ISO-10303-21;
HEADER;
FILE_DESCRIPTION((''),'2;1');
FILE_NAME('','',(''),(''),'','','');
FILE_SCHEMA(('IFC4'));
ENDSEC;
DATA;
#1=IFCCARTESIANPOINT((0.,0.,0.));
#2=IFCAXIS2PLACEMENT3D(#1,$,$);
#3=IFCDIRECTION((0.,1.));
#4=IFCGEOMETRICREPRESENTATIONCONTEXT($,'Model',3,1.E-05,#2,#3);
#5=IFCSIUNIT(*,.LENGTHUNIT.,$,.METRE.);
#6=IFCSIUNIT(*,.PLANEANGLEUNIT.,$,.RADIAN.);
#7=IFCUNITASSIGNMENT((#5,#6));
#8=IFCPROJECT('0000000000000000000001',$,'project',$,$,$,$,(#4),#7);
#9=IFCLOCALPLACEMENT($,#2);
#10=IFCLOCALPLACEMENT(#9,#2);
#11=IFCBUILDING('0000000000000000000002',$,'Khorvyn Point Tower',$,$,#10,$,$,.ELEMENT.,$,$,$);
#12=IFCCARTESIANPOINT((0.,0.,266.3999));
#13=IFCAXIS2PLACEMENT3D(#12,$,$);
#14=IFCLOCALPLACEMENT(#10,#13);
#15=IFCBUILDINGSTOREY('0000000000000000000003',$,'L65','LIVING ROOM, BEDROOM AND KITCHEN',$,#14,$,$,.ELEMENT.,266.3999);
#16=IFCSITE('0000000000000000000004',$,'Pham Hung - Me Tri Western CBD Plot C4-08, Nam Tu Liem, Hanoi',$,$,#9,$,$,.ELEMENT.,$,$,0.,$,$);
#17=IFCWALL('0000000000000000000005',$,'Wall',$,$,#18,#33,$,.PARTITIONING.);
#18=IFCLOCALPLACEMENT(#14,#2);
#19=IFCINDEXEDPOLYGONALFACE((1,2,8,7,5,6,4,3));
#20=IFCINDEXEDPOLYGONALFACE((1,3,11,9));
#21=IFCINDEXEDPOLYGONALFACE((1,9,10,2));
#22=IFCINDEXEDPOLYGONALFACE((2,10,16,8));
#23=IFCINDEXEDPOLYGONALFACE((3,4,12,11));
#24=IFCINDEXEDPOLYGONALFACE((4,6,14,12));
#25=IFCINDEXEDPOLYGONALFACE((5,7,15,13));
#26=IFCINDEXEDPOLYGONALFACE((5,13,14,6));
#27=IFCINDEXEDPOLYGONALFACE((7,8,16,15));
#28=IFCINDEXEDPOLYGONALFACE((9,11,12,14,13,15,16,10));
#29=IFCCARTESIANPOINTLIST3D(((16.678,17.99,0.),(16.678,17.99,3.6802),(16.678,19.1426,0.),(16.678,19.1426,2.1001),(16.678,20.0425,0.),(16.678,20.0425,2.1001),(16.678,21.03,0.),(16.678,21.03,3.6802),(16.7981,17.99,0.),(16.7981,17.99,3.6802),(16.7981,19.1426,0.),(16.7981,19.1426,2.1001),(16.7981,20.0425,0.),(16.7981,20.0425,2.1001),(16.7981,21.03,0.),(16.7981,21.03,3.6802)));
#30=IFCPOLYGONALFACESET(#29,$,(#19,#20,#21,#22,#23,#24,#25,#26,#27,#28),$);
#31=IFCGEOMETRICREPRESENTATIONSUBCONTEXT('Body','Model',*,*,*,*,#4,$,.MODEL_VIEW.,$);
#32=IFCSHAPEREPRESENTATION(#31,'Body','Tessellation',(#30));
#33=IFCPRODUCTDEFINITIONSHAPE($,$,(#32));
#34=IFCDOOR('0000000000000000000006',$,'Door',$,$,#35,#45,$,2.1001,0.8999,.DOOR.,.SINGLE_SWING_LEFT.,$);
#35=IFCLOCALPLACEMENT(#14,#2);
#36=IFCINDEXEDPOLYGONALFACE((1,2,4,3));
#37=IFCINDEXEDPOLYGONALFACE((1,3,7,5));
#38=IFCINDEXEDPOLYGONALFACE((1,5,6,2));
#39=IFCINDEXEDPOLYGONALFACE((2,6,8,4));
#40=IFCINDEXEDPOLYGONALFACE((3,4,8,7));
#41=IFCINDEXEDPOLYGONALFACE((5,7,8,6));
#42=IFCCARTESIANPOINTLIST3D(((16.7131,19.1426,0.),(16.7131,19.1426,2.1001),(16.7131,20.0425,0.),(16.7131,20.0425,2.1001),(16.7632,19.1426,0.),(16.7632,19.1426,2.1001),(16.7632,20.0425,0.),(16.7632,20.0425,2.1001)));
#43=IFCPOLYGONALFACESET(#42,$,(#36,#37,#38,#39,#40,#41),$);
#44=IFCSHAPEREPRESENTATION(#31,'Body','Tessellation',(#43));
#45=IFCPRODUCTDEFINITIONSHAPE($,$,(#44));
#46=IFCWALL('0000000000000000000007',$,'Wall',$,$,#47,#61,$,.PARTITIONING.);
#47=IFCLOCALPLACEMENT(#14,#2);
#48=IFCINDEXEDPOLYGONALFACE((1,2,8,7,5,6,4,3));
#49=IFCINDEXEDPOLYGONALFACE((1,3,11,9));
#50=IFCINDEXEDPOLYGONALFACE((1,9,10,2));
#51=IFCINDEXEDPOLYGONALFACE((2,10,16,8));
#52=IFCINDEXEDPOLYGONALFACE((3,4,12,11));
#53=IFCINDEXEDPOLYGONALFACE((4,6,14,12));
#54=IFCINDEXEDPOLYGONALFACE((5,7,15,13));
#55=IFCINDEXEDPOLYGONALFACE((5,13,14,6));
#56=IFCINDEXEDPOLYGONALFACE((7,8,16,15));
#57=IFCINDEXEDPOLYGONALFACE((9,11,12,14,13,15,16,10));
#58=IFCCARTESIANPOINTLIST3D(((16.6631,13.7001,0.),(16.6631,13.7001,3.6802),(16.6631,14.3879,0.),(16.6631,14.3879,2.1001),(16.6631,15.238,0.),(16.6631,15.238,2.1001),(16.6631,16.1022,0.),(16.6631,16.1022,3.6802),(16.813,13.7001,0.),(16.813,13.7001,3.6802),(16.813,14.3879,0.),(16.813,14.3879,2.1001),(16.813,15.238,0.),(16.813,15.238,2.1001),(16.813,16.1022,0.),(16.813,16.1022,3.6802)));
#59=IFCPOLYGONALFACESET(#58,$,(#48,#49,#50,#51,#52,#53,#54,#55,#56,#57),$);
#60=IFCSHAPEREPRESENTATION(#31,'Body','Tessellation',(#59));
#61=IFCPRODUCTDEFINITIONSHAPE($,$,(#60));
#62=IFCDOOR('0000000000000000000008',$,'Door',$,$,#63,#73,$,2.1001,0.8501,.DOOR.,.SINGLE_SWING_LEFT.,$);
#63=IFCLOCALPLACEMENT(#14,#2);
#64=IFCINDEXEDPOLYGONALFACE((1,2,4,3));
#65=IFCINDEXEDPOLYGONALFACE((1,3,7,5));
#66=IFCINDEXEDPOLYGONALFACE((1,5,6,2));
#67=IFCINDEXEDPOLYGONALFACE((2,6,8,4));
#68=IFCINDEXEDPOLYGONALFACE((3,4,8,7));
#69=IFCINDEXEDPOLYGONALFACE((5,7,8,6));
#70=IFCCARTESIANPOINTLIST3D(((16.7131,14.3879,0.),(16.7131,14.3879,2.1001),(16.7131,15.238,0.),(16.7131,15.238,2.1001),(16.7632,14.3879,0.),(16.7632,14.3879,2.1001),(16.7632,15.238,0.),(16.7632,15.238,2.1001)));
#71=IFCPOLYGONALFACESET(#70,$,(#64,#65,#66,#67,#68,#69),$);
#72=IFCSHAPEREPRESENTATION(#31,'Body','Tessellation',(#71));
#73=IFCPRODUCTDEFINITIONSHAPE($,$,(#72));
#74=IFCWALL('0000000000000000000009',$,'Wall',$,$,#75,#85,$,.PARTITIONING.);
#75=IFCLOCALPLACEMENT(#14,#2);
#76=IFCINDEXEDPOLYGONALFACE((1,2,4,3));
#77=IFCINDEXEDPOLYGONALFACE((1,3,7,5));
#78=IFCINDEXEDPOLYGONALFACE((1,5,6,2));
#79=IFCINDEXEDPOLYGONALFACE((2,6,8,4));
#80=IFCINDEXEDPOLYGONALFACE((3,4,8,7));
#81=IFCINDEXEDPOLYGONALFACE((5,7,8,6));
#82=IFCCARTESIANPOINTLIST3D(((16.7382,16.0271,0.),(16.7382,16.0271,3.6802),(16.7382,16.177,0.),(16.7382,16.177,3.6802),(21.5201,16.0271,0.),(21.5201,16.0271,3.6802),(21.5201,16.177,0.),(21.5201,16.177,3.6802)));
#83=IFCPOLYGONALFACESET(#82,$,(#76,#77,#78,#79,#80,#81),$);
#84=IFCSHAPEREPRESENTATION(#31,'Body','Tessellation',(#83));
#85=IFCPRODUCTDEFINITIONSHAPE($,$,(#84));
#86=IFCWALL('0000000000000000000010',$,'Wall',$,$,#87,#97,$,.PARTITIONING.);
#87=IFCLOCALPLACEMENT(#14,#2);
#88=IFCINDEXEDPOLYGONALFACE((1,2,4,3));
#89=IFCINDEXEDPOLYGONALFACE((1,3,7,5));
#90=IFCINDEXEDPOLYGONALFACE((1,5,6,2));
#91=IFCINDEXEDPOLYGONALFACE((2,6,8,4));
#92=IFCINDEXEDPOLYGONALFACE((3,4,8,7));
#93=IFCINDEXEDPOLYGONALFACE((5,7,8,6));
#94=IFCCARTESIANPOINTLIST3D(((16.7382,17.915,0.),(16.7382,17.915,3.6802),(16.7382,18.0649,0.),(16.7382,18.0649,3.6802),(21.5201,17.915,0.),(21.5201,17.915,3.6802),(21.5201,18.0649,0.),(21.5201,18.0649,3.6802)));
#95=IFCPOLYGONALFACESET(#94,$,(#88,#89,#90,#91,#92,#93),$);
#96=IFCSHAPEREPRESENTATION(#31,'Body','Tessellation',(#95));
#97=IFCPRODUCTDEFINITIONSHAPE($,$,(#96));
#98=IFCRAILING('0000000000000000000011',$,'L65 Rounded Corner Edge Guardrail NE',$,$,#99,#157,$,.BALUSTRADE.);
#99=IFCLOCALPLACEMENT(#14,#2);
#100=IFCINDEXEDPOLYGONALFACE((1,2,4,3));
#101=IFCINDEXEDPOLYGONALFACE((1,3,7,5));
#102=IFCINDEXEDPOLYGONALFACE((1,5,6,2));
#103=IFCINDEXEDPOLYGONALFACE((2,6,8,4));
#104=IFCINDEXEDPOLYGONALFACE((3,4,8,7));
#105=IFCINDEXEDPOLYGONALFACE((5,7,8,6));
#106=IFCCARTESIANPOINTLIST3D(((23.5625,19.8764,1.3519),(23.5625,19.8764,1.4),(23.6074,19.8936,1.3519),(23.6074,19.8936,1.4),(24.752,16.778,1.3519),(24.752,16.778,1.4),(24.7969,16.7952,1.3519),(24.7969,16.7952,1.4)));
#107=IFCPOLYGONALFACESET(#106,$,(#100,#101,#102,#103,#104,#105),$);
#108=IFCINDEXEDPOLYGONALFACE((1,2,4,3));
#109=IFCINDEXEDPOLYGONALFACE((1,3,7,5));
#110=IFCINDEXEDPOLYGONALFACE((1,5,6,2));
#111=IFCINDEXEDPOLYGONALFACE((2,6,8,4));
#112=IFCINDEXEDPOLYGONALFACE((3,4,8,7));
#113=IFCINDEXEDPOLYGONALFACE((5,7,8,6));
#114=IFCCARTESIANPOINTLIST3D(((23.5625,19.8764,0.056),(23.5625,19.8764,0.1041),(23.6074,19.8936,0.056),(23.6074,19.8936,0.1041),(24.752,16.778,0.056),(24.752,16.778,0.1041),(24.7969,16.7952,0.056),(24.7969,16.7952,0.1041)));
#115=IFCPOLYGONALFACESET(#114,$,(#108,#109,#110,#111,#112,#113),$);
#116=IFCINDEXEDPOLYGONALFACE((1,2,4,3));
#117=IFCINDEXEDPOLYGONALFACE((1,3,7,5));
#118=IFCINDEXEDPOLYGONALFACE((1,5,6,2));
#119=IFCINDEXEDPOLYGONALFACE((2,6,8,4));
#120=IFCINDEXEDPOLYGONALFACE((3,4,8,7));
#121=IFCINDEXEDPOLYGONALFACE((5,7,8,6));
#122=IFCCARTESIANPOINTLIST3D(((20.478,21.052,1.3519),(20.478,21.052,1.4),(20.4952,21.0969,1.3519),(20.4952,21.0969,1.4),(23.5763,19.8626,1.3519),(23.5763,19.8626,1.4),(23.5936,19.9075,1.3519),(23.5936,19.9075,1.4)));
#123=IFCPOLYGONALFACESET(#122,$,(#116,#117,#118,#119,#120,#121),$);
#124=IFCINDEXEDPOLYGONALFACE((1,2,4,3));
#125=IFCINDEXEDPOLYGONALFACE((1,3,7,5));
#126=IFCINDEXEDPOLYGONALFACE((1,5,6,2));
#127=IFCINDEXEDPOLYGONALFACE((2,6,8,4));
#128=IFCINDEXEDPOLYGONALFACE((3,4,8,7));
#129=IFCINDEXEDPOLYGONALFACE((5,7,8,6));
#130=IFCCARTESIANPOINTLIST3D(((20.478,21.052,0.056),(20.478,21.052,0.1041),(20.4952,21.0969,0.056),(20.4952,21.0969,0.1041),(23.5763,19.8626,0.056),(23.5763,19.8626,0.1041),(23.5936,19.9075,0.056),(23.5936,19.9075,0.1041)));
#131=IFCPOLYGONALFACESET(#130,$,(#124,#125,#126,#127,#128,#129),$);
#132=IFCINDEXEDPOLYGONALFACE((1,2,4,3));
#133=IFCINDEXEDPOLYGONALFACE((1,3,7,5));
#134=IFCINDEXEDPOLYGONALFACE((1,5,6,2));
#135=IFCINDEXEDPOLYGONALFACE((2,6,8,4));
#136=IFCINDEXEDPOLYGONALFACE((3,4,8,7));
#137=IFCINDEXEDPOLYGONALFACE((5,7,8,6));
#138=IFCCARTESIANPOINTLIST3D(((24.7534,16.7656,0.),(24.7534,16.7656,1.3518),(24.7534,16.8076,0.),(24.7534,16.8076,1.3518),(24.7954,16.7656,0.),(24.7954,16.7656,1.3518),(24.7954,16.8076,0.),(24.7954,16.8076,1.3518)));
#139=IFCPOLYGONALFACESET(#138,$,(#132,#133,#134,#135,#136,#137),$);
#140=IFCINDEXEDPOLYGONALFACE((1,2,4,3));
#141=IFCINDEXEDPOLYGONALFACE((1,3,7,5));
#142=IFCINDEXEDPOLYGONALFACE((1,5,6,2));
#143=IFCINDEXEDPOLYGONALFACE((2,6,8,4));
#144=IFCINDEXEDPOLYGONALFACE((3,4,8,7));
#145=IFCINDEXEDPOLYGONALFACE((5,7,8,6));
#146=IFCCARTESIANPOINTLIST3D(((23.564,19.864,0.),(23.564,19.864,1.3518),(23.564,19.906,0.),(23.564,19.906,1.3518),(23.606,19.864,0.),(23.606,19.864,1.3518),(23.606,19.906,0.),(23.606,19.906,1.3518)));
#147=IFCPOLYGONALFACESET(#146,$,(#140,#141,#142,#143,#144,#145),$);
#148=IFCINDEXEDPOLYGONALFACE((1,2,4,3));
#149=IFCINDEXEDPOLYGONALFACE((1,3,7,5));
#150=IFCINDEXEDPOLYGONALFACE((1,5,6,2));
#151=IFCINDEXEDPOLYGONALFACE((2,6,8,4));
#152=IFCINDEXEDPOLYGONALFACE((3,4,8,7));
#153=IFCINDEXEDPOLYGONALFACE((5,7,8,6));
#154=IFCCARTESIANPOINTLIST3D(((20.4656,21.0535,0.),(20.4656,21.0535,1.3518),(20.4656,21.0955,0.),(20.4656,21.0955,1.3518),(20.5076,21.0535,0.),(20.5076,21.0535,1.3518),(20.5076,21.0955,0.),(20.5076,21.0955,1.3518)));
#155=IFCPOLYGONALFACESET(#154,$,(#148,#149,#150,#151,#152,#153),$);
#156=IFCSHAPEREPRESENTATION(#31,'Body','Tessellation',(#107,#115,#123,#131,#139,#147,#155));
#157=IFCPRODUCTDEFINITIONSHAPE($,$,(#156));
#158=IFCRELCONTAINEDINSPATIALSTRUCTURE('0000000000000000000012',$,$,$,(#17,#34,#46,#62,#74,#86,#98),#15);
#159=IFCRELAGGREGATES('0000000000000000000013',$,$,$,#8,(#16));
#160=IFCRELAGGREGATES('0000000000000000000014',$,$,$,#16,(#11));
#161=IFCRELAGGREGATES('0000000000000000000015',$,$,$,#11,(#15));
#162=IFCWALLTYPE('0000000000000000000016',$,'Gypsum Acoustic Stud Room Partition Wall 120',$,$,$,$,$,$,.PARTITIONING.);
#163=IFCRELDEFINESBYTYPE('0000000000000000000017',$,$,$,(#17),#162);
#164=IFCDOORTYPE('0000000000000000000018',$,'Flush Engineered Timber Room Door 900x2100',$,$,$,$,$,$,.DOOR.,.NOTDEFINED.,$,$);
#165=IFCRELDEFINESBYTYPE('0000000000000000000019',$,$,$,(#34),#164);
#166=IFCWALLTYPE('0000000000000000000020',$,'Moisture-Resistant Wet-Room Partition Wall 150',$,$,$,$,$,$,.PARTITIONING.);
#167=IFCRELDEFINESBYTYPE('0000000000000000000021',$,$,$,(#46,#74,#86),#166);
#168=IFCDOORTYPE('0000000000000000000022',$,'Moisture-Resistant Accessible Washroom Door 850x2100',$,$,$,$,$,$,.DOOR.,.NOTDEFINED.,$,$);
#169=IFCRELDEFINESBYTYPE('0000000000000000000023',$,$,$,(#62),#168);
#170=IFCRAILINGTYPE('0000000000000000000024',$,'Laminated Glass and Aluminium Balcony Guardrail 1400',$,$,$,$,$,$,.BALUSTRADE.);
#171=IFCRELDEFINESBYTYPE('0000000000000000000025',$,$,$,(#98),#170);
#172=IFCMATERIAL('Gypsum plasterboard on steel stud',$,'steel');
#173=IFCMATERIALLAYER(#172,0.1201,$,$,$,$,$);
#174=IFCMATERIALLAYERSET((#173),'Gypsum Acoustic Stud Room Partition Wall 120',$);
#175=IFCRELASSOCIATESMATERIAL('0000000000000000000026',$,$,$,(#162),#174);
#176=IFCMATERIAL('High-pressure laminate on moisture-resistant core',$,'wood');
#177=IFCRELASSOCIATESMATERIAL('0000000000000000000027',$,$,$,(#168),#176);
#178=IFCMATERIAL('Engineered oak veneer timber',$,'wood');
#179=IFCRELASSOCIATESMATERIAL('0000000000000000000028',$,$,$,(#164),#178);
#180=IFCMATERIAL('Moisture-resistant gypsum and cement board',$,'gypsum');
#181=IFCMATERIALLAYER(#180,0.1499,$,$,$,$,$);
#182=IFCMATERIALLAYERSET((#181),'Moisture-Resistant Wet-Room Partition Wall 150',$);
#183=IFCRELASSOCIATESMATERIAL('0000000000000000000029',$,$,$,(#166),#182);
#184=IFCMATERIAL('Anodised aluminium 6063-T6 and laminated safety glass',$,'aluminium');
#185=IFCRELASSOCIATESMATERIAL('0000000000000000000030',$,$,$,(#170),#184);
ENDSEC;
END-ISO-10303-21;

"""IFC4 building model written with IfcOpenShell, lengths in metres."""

from ifc_helpers import new_model, si_unit, direction, frame, frame_2d, origin, origin_2d, place, context, subcontext, project, spatial, rectangle, extrude, material, layer, layer_set, type_object, element, fill, save


model = new_model("IFC4")

# Units and contexts
model_context = context("Model", 3, precision=1e-05, world=origin(), true_north=direction((0.0, 1.0)))
body_context = subcontext(model_context, "Body", "Model", "MODEL_VIEW")
ifc_project = project(units=[si_unit("LENGTHUNIT", "METRE"), si_unit("PLANEANGLEUNIT", "RADIAN")], contexts=[model_context])

# Site, building, storey
site_placement = place(None, origin())
site = spatial("IfcSite", under=ifc_project, at=site_placement, Name="Pham Hung - Me Tri Western CBD Plot C4-08, Nam Tu Liem, Hanoi", CompositionType="ELEMENT", RefElevation=0.0)
building_placement = place(site_placement, origin())
building = spatial("IfcBuilding", under=site, at=building_placement, Name="Khorvyn Point Tower", CompositionType="ELEMENT")
storey_placement = place(building_placement, frame((0.0, 0.0, 266.3999)))
storey = spatial("IfcBuildingStorey", under=building, at=storey_placement, Name="L65", Description="LIVING ROOM, BEDROOM AND KITCHEN", CompositionType="ELEMENT", Elevation=266.3999)

# Walls, openings, doors
ifc_material_1 = material(Name="Gypsum plasterboard on steel stud", Category="steel")
ifc_layer_1 = layer(ifc_material_1, 0.1201)
ifc_layer_set_1 = layer_set([ifc_layer_1], Name="Gypsum Acoustic Stud Room Partition Wall 120")
wall_type_1 = type_object("IfcWallType", Name="Gypsum Acoustic Stud Room Partition Wall 120", PredefinedType="PARTITIONING", material=ifc_layer_set_1)
ifc_material_2 = material(Name="High-pressure laminate on moisture-resistant core", Category="wood")
door_type_1 = type_object("IfcDoorType", Name="Moisture-Resistant Accessible Washroom Door 850x2100", OperationType="NOTDEFINED", PredefinedType="DOOR", material=ifc_material_2)
wall_1_placement = place(storey_placement, frame((16.738, 17.99, 0.0), z_axis=(0.0, 0.0, 1.0), x_axis=(0.0, 1.0, 0.0)))
wall_1 = element("IfcWall", 1, at=wall_1_placement, inside=storey, type_object=wall_type_1, Name="Wall", PredefinedType="PARTITIONING", context=body_context, shape_type="SweptSolid", body=[
    extrude(rectangle(XDim=3.04, YDim=0.1201, at=frame_2d((1.52, 0.0))), origin(), (0.0, 0.0, 1.0), 3.6802),
])
opening_1_placement = place(wall_1_placement, frame((1.1526, 0.0, 0.0)))
opening_1 = element("IfcOpeningElement", 2, at=opening_1_placement, cuts=wall_1, PredefinedType="OPENING", context=body_context, shape_type="SweptSolid", body=[
    extrude(rectangle(XDim=0.8999, YDim=2.1001, at=frame_2d((0.45, 1.05))), frame((0.0, 0.0701, 0.0), z_axis=(0.0, -1.0, 0.0), x_axis=(1.0, 0.0, 0.0)), (0.0, 0.0, 1.0), 0.1401),
])
ifc_material_3 = material(Name="Engineered oak veneer timber", Category="wood")
door_type_2 = type_object("IfcDoorType", Name="Flush Engineered Timber Room Door 900x2100", OperationType="NOTDEFINED", PredefinedType="DOOR", material=ifc_material_3)
door_1_placement = place(opening_1_placement, origin())
door_1 = element("IfcDoor", 3, at=door_1_placement, inside=storey, type_object=door_type_2, Name="Door", OperationType="SINGLE_SWING_LEFT", OverallHeight=2.1001, OverallWidth=0.8999, PredefinedType="DOOR", context=body_context, shape_type="SweptSolid", body=[
    extrude(rectangle(XDim=0.8999, YDim=2.1001, at=frame_2d((0.45, 1.05))), frame((0.0, 0.0249, 0.0), z_axis=(0.0, -1.0, 0.0), x_axis=(1.0, 0.0, 0.0)), (0.0, 0.0, 1.0), 0.05),
])
fill(opening_1, door_1)
ifc_material_4 = material(Name="Moisture-resistant gypsum and cement board", Category="gypsum")
ifc_layer_2 = layer(ifc_material_4, 0.1499)
ifc_layer_set_2 = layer_set([ifc_layer_2], Name="Moisture-Resistant Wet-Room Partition Wall 150")
wall_type_2 = type_object("IfcWallType", Name="Moisture-Resistant Wet-Room Partition Wall 150", PredefinedType="PARTITIONING", material=ifc_layer_set_2)
wall_2_placement = place(storey_placement, frame((16.738, 13.7, 0.0), z_axis=(0.0, 0.0, 1.0), x_axis=(0.0, 1.0, 0.0)))
wall_2 = element("IfcWall", 4, at=wall_2_placement, inside=storey, type_object=wall_type_2, Name="Wall", PredefinedType="PARTITIONING", context=body_context, shape_type="SweptSolid", body=[
    extrude(rectangle(XDim=2.4021, YDim=0.1499, at=frame_2d((1.2012, 0.0))), origin(), (0.0, 0.0, 1.0), 3.6802),
])
opening_2_placement = place(wall_2_placement, frame((0.688, 0.0, 0.0)))
opening_2 = element("IfcOpeningElement", 5, at=opening_2_placement, cuts=wall_2, PredefinedType="OPENING", context=body_context, shape_type="SweptSolid", body=[
    extrude(rectangle(XDim=0.8501, YDim=2.1001, at=frame_2d((0.425, 1.05))), frame((0.0, 0.085, 0.0), z_axis=(0.0, -1.0, 0.0), x_axis=(1.0, 0.0, 0.0)), (0.0, 0.0, 1.0), 0.1699),
])
door_2_placement = place(opening_2_placement, origin())
door_2 = element("IfcDoor", 6, at=door_2_placement, inside=storey, type_object=door_type_1, Name="Door", OperationType="SINGLE_SWING_LEFT", OverallHeight=2.1001, OverallWidth=0.8501, PredefinedType="DOOR", context=body_context, shape_type="SweptSolid", body=[
    extrude(rectangle(XDim=0.8501, YDim=2.1001, at=frame_2d((0.425, 1.05))), frame((0.0, 0.0249, 0.0), z_axis=(0.0, -1.0, 0.0), x_axis=(1.0, 0.0, 0.0)), (0.0, 0.0, 1.0), 0.05),
])
fill(opening_2, door_2)

# Walls
for number, where, z_axis, x_axis, name in (
    (7, (16.738, 16.1021, 0.0), (0.0, 0.0, 1.0), (1.0, 0.0, 0.0), "Wall"),
    (8, (16.738, 17.99, 0.0), (0.0, 0.0, 1.0), (1.0, 0.0, 0.0), "Wall"),
):
    element("IfcWall", number, at=place(storey_placement, frame(where, z_axis=z_axis, x_axis=x_axis)), inside=storey, type_object=wall_type_2, Name=name, PredefinedType="PARTITIONING", context=body_context, shape_type="SweptSolid", body=[
        extrude(rectangle(XDim=4.782, YDim=0.1499, at=frame_2d((2.3911, 0.0))), origin(), (0.0, 0.0, 1.0), 3.6802),
    ])

# Railing
ifc_material_5 = material(Name="Anodised aluminium 6063-T6 and laminated safety glass", Category="aluminium")
railing_type = type_object("IfcRailingType", Name="Laminated Glass and Aluminium Balcony Guardrail 1400", PredefinedType="BALUSTRADE", material=ifc_material_5)
railing_1_placement = place(storey_placement, frame((24.7744, 16.7866, 0.0)))
element("IfcRailing", 9, at=railing_1_placement, inside=storey, type_object=railing_type, Name="L65 Rounded Corner Edge Guardrail NE", PredefinedType="BALUSTRADE", context=body_context, shape_type="SweptSolid", body=[
    extrude(rectangle(XDim=0.0481, YDim=0.0481, at=origin_2d()), frame((0.0, 0.0, 1.376), z_axis=(-0.358392, 0.933571, 0.0), x_axis=(-0.933571, -0.358392, 0.0)), (0.0, 0.0, 1.0), 3.3188),
    extrude(rectangle(XDim=0.0481, YDim=0.0481, at=origin_2d()), frame((0.0, 0.0, 0.0801), z_axis=(-0.358392, 0.933571, 0.0), x_axis=(-0.933571, -0.358392, 0.0)), (0.0, 0.0, 1.0), 3.3188),
    extrude(rectangle(XDim=0.0481, YDim=0.0481, at=origin_2d()), frame((-1.1895, 3.0984, 1.376), z_axis=(-0.933571, 0.358392, 0.0), x_axis=(-0.358392, -0.933571, 0.0)), (0.0, 0.0, 1.0), 3.3188),
    extrude(rectangle(XDim=0.0481, YDim=0.0481, at=origin_2d()), frame((-1.1895, 3.0984, 0.0801), z_axis=(-0.933571, 0.358392, 0.0), x_axis=(-0.358392, -0.933571, 0.0)), (0.0, 0.0, 1.0), 3.3188),
    extrude(rectangle(XDim=0.042, YDim=0.042, at=origin_2d()), origin(), (0.0, 0.0, 1.0), 1.3518),
    extrude(rectangle(XDim=0.042, YDim=0.042, at=origin_2d()), frame((-1.1895, 3.0984, 0.0)), (0.0, 0.0, 1.0), 1.3518),
    extrude(rectangle(XDim=0.042, YDim=0.042, at=origin_2d()), frame((-4.2878, 4.2878, 0.0)), (0.0, 0.0, 1.0), 1.3518),
])

save(model, "model.ifc")
